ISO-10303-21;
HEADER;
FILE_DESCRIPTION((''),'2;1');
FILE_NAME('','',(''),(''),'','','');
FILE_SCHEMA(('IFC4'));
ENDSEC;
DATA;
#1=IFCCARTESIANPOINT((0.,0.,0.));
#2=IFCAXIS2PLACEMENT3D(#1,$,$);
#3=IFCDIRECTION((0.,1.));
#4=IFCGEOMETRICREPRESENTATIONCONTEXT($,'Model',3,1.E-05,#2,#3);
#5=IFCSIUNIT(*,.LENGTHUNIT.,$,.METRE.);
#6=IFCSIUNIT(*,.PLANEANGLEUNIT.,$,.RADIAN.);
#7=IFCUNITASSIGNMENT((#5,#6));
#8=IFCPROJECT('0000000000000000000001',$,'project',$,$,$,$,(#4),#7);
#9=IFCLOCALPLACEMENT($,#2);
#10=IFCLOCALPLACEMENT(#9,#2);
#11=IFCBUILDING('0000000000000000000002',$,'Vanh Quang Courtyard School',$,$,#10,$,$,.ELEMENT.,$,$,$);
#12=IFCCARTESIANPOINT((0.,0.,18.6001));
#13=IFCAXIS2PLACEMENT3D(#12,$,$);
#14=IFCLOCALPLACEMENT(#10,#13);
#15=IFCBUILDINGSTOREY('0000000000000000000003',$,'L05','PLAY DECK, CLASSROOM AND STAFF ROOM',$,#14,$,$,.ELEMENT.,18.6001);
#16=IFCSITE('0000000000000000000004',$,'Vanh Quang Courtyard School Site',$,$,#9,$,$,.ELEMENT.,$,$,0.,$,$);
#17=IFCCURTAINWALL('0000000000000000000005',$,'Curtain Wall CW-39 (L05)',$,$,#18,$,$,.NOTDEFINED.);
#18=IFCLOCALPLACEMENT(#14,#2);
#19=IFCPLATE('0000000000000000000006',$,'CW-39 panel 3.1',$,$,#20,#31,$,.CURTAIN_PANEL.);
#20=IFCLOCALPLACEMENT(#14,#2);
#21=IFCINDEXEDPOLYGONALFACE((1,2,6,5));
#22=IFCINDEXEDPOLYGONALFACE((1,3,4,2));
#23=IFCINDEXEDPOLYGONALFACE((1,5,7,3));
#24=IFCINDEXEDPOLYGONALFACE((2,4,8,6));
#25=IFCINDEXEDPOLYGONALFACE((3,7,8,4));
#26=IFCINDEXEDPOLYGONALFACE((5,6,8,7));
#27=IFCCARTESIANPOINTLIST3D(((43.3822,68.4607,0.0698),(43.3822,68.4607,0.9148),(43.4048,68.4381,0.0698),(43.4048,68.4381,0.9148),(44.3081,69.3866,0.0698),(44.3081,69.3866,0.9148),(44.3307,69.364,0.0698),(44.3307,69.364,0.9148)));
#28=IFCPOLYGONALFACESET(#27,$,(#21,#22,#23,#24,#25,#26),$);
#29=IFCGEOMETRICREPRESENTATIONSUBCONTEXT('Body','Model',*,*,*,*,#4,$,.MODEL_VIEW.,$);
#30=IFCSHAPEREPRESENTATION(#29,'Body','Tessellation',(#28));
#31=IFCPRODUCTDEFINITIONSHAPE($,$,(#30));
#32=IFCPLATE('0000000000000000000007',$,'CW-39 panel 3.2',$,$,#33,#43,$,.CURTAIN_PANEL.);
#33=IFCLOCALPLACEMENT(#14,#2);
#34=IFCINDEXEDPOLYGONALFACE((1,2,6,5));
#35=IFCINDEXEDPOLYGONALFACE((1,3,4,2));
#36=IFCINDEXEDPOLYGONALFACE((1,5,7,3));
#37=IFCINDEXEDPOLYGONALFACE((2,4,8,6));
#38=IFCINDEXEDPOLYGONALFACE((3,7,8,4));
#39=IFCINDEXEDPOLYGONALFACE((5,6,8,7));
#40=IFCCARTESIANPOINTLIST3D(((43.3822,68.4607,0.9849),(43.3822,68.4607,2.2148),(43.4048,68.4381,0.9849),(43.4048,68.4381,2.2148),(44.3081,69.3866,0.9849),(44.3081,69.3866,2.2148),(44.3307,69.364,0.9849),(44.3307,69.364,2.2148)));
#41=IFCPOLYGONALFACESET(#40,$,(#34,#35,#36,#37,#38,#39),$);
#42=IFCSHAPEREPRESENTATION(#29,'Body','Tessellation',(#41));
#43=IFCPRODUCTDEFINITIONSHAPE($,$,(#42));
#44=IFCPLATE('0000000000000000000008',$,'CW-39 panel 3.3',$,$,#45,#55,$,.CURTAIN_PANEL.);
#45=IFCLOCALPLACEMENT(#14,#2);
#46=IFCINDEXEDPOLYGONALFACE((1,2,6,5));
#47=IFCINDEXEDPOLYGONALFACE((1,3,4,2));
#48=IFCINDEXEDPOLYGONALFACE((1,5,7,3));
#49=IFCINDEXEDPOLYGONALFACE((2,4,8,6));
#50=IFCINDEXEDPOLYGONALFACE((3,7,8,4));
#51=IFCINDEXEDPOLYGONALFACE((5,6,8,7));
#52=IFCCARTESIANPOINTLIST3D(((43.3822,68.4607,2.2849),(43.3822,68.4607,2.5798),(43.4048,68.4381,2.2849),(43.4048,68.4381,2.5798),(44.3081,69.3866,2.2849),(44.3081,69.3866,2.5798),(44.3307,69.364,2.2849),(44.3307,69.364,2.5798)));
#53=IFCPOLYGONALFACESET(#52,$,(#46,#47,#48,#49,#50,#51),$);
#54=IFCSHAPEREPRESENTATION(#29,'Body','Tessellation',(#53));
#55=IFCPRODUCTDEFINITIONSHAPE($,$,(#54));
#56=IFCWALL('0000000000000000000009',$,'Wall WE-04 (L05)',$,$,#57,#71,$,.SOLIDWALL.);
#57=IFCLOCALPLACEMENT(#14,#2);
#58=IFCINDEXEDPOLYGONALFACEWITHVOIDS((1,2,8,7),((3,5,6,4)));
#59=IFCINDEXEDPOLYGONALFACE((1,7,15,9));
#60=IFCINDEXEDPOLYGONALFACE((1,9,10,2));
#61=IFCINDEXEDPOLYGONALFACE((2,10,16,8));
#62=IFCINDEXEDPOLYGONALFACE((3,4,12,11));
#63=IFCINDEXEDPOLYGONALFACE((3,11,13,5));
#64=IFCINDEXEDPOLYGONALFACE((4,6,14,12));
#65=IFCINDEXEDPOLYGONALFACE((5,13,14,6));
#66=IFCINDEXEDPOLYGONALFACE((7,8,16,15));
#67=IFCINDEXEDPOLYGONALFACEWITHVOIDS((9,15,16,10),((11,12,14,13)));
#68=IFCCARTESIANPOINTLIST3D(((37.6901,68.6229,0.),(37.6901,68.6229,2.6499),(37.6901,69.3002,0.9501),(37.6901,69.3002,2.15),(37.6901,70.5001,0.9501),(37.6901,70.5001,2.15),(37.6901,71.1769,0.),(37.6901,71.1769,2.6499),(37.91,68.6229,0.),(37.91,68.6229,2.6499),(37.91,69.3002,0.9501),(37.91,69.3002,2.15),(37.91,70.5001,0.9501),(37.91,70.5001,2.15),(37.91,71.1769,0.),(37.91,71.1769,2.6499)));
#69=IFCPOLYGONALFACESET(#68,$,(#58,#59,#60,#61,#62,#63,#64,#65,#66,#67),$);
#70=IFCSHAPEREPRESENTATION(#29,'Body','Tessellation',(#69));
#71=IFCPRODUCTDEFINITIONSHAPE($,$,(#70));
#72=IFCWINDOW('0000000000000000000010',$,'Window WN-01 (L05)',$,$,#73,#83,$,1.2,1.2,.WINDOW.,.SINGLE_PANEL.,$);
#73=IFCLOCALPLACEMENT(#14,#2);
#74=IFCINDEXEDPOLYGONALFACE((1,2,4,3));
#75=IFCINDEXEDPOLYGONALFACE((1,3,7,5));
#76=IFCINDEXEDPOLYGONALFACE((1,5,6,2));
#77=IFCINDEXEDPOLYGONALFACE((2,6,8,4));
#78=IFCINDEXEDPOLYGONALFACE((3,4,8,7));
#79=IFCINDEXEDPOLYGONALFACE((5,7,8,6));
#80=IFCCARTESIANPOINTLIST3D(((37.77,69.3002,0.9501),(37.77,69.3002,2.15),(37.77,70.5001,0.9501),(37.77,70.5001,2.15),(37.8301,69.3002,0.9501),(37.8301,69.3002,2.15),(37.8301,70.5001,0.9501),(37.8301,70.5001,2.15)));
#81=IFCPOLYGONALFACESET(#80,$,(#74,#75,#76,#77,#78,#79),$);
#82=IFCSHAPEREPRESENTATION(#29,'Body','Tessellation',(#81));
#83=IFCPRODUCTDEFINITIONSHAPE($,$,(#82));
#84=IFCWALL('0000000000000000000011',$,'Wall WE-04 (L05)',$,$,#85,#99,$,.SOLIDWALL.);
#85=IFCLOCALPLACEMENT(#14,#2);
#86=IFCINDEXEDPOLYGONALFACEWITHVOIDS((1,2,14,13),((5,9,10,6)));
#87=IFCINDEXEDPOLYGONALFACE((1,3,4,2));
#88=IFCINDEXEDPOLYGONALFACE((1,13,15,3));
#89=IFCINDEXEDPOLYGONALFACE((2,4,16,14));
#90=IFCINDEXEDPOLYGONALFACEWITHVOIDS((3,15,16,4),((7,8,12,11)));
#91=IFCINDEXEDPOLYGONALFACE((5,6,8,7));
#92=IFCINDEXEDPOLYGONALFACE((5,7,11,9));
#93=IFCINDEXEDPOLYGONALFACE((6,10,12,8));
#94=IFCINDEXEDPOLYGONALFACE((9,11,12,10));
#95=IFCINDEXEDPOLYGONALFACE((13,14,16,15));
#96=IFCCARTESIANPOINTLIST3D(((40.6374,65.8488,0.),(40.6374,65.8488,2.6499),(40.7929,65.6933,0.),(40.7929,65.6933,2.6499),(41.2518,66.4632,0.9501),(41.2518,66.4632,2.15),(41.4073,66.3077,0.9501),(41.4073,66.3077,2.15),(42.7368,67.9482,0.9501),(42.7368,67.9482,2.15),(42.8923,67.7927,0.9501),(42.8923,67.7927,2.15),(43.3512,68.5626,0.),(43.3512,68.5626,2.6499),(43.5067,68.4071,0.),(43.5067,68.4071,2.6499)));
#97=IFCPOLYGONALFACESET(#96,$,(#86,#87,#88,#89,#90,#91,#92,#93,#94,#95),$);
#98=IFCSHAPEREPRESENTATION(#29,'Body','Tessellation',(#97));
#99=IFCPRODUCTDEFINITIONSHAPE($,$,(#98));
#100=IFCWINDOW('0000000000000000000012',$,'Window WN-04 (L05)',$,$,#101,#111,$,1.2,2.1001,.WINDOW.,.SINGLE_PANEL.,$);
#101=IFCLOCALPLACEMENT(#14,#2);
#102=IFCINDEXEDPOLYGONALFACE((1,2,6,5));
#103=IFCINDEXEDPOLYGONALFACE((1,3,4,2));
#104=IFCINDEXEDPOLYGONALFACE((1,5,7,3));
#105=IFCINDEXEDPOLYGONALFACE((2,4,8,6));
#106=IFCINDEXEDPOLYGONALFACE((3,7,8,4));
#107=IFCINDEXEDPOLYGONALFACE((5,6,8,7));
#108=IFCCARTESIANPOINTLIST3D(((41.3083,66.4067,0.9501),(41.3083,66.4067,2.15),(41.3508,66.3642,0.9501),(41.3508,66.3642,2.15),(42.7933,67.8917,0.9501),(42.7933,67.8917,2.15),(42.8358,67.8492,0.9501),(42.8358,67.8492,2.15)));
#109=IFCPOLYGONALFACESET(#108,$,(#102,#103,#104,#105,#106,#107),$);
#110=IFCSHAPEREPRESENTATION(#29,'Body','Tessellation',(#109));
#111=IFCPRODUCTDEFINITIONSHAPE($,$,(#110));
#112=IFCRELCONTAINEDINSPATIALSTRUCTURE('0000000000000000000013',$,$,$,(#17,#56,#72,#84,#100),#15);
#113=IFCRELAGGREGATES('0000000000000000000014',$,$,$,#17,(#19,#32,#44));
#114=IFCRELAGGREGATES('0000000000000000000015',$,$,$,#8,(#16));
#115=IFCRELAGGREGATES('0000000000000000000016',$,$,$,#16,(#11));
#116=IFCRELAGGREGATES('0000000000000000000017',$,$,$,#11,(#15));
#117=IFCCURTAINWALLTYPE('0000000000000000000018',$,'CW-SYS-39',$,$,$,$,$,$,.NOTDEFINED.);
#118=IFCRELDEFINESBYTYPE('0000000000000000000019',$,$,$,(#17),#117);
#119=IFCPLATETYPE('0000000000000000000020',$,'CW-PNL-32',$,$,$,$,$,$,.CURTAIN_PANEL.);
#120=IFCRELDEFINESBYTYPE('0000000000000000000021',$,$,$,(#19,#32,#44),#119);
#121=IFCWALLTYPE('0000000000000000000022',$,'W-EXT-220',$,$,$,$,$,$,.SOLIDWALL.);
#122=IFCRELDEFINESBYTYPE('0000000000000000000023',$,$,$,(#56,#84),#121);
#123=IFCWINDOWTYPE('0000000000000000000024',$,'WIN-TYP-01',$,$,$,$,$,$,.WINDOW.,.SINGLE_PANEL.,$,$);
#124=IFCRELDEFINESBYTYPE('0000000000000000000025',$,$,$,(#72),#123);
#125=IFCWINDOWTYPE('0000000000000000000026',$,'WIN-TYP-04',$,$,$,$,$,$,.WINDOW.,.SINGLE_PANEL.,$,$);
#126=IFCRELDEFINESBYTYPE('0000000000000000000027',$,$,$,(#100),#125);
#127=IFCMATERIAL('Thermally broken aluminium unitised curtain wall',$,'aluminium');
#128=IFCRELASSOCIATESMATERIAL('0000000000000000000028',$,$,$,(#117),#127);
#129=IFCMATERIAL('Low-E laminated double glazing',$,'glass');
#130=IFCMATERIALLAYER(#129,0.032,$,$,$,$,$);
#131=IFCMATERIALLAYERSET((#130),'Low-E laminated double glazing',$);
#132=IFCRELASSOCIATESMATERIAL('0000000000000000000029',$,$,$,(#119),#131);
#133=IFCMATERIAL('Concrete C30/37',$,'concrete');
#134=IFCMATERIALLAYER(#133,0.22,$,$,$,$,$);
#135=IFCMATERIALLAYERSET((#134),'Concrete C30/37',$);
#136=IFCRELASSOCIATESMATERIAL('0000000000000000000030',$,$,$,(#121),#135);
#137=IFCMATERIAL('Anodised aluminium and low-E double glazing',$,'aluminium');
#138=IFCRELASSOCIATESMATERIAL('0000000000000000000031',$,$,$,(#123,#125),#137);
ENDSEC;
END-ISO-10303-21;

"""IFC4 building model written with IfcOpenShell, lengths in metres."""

from ifc_helpers import new_model, si_unit, direction, frame, frame_2d, origin, origin_2d, place, context, subcontext, project, spatial, rectangle, extrude, material, layer, layer_set, type_object, element, fill, aggregate, save


model = new_model("IFC4")

# Units and contexts
model_context = context("Model", 3, precision=1e-05, world=origin(), true_north=direction((0.0, 1.0)))
body_context = subcontext(model_context, "Body", "Model", "MODEL_VIEW")
ifc_project = project(units=[si_unit("LENGTHUNIT", "METRE"), si_unit("PLANEANGLEUNIT", "RADIAN")], contexts=[model_context])

# Site, building, storey
site_placement = place(None, origin())
site = spatial("IfcSite", under=ifc_project, at=site_placement, Name="Vanh Quang Courtyard School Site", CompositionType="ELEMENT", RefElevation=0.0)
building_placement = place(site_placement, origin())
building = spatial("IfcBuilding", under=site, at=building_placement, Name="Vanh Quang Courtyard School", CompositionType="ELEMENT")
storey_placement = place(building_placement, frame((0.0, 0.0, 18.6001)))
storey = spatial("IfcBuildingStorey", under=building, at=storey_placement, Name="L05", Description="PLAY DECK, CLASSROOM AND STAFF ROOM", CompositionType="ELEMENT", Elevation=18.6001)

# Curtain wall, plates
ifc_material_1 = material(Name="Thermally broken aluminium unitised curtain wall", Category="aluminium")
curtain_wall_type = type_object("IfcCurtainWallType", Name="CW-SYS-39", PredefinedType="NOTDEFINED", material=ifc_material_1)
curtain_wall_placement = place(storey_placement, origin())
curtain_wall = element("IfcCurtainWall", 1, at=curtain_wall_placement, inside=storey, type_object=curtain_wall_type, Name="Curtain Wall CW-39 (L05)", PredefinedType="NOTDEFINED")
ifc_material_2 = material(Name="Low-E laminated double glazing", Category="glass")
ifc_layer_1 = layer(ifc_material_2, 0.032)
ifc_layer_set_1 = layer_set([ifc_layer_1], Name="Low-E laminated double glazing")
plate_type = type_object("IfcPlateType", Name="CW-PNL-32", PredefinedType="CURTAIN_PANEL", material=ifc_layer_set_1)
plate_1_placement = place(storey_placement, frame((43.8564, 68.9124, 0.0698), z_axis=(0.0, 0.0, 1.0), x_axis=(-0.707107, -0.707107, 0.0)))
plate_1 = element("IfcPlate", 2, at=plate_1_placement, type_object=plate_type, Name="CW-39 panel 3.1", PredefinedType="CURTAIN_PANEL", context=body_context, shape_type="SweptSolid", body=[
    extrude(rectangle(XDim=1.3093, YDim=0.032, at=origin_2d()), origin(), (0.0, 0.0, 1.0), 0.845),
])
plate_2_placement = place(storey_placement, frame((43.8564, 68.9124, 0.9849), z_axis=(0.0, 0.0, 1.0), x_axis=(-0.707107, -0.707107, 0.0)))
plate_2 = element("IfcPlate", 3, at=plate_2_placement, type_object=plate_type, Name="CW-39 panel 3.2", PredefinedType="CURTAIN_PANEL", context=body_context, shape_type="SweptSolid", body=[
    extrude(rectangle(XDim=1.3093, YDim=0.032, at=origin_2d()), origin(), (0.0, 0.0, 1.0), 1.23),
])
plate_3_placement = place(storey_placement, frame((43.8564, 68.9124, 2.2849), z_axis=(0.0, 0.0, 1.0), x_axis=(-0.707107, -0.707107, 0.0)))
plate_3 = element("IfcPlate", 4, at=plate_3_placement, type_object=plate_type, Name="CW-39 panel 3.3", PredefinedType="CURTAIN_PANEL", context=body_context, shape_type="SweptSolid", body=[
    extrude(rectangle(XDim=1.3093, YDim=0.032, at=origin_2d()), origin(), (0.0, 0.0, 1.0), 0.2949),
])
aggregate(curtain_wall, [plate_1, plate_2, plate_3])

# Walls, openings, windows
ifc_material_3 = material(Name="Concrete C30/37", Category="concrete")
ifc_layer_2 = layer(ifc_material_3, 0.22)
ifc_layer_set_2 = layer_set([ifc_layer_2], Name="Concrete C30/37")
wall_type = type_object("IfcWallType", Name="W-EXT-220", PredefinedType="SOLIDWALL", material=ifc_layer_set_2)
wall_1_placement = place(storey_placement, frame((37.8, 68.623, 0.0), z_axis=(0.0, 0.0, 1.0), x_axis=(0.0, 1.0, 0.0)))
wall_1 = element("IfcWall", 5, at=wall_1_placement, inside=storey, type_object=wall_type, Name="Wall WE-04 (L05)", PredefinedType="SOLIDWALL", context=body_context, shape_type="SweptSolid", body=[
    extrude(rectangle(XDim=2.554, YDim=0.22, at=frame_2d((1.2769, 0.0))), origin(), (0.0, 0.0, 1.0), 2.6499),
])
opening_1_placement = place(wall_1_placement, frame((0.677, 0.0, 0.95)))
opening_1 = element("IfcOpeningElement", 6, at=opening_1_placement, cuts=wall_1, PredefinedType="OPENING", context=body_context, shape_type="SweptSolid", body=[
    extrude(rectangle(XDim=1.2, YDim=1.2, at=frame_2d((0.6001, 0.6001))), frame((0.0, 0.1201, 0.0), z_axis=(0.0, -1.0, 0.0), x_axis=(1.0, 0.0, 0.0)), (0.0, 0.0, 1.0), 0.24),
])
ifc_material_4 = material(Name="Anodised aluminium and low-E double glazing", Category="aluminium")
window_type_1 = type_object("IfcWindowType", Name="WIN-TYP-01", PartitioningType="SINGLE_PANEL", PredefinedType="WINDOW", material=ifc_material_4)
window_1_placement = place(opening_1_placement, origin())
window_1 = element("IfcWindow", 7, at=window_1_placement, inside=storey, type_object=window_type_1, Name="Window WN-01 (L05)", OverallHeight=1.2, OverallWidth=1.2, PartitioningType="SINGLE_PANEL", PredefinedType="WINDOW", context=body_context, shape_type="SweptSolid", body=[
    extrude(rectangle(XDim=1.2, YDim=1.2, at=frame_2d((0.6001, 0.6001))), frame((0.0, 0.03, 0.0), z_axis=(0.0, -1.0, 0.0), x_axis=(1.0, 0.0, 0.0)), (0.0, 0.0, 1.0), 0.0601),
])
fill(opening_1, window_1)
wall_2_placement = place(storey_placement, frame((43.429, 68.4849, 0.0), z_axis=(0.0, 0.0, 1.0), x_axis=(-0.707107, -0.707107, 0.0)))
wall_2 = element("IfcWall", 8, at=wall_2_placement, inside=storey, type_object=wall_type, Name="Wall WE-04 (L05)", PredefinedType="SOLIDWALL", context=body_context, shape_type="SweptSolid", body=[
    extrude(rectangle(XDim=3.8379, YDim=0.22, at=frame_2d((1.9189, 0.0))), origin(), (0.0, 0.0, 1.0), 2.6499),
])
opening_2_placement = place(wall_2_placement, frame((0.8689, 0.0, 0.95)))
opening_2 = element("IfcOpeningElement", 9, at=opening_2_placement, cuts=wall_2, PredefinedType="OPENING", context=body_context, shape_type="SweptSolid", body=[
    extrude(rectangle(XDim=2.1001, YDim=1.2, at=frame_2d((1.05, 0.6001))), frame((0.0, 0.1201, 0.0), z_axis=(0.0, -1.0, 0.0), x_axis=(1.0, 0.0, 0.0)), (0.0, 0.0, 1.0), 0.24),
])
window_type_2 = type_object("IfcWindowType", Name="WIN-TYP-04", PartitioningType="SINGLE_PANEL", PredefinedType="WINDOW", material=ifc_material_4)
window_2_placement = place(opening_2_placement, origin())
window_2 = element("IfcWindow", 10, at=window_2_placement, inside=storey, type_object=window_type_2, Name="Window WN-04 (L05)", OverallHeight=1.2, OverallWidth=2.1001, PartitioningType="SINGLE_PANEL", PredefinedType="WINDOW", context=body_context, shape_type="SweptSolid", body=[
    extrude(rectangle(XDim=2.1001, YDim=1.2, at=frame_2d((1.05, 0.6001))), frame((0.0, 0.03, 0.0), z_axis=(0.0, -1.0, 0.0), x_axis=(1.0, 0.0, 0.0)), (0.0, 0.0, 1.0), 0.0601),
])
fill(opening_2, window_2)

save(model, "model.ifc")
